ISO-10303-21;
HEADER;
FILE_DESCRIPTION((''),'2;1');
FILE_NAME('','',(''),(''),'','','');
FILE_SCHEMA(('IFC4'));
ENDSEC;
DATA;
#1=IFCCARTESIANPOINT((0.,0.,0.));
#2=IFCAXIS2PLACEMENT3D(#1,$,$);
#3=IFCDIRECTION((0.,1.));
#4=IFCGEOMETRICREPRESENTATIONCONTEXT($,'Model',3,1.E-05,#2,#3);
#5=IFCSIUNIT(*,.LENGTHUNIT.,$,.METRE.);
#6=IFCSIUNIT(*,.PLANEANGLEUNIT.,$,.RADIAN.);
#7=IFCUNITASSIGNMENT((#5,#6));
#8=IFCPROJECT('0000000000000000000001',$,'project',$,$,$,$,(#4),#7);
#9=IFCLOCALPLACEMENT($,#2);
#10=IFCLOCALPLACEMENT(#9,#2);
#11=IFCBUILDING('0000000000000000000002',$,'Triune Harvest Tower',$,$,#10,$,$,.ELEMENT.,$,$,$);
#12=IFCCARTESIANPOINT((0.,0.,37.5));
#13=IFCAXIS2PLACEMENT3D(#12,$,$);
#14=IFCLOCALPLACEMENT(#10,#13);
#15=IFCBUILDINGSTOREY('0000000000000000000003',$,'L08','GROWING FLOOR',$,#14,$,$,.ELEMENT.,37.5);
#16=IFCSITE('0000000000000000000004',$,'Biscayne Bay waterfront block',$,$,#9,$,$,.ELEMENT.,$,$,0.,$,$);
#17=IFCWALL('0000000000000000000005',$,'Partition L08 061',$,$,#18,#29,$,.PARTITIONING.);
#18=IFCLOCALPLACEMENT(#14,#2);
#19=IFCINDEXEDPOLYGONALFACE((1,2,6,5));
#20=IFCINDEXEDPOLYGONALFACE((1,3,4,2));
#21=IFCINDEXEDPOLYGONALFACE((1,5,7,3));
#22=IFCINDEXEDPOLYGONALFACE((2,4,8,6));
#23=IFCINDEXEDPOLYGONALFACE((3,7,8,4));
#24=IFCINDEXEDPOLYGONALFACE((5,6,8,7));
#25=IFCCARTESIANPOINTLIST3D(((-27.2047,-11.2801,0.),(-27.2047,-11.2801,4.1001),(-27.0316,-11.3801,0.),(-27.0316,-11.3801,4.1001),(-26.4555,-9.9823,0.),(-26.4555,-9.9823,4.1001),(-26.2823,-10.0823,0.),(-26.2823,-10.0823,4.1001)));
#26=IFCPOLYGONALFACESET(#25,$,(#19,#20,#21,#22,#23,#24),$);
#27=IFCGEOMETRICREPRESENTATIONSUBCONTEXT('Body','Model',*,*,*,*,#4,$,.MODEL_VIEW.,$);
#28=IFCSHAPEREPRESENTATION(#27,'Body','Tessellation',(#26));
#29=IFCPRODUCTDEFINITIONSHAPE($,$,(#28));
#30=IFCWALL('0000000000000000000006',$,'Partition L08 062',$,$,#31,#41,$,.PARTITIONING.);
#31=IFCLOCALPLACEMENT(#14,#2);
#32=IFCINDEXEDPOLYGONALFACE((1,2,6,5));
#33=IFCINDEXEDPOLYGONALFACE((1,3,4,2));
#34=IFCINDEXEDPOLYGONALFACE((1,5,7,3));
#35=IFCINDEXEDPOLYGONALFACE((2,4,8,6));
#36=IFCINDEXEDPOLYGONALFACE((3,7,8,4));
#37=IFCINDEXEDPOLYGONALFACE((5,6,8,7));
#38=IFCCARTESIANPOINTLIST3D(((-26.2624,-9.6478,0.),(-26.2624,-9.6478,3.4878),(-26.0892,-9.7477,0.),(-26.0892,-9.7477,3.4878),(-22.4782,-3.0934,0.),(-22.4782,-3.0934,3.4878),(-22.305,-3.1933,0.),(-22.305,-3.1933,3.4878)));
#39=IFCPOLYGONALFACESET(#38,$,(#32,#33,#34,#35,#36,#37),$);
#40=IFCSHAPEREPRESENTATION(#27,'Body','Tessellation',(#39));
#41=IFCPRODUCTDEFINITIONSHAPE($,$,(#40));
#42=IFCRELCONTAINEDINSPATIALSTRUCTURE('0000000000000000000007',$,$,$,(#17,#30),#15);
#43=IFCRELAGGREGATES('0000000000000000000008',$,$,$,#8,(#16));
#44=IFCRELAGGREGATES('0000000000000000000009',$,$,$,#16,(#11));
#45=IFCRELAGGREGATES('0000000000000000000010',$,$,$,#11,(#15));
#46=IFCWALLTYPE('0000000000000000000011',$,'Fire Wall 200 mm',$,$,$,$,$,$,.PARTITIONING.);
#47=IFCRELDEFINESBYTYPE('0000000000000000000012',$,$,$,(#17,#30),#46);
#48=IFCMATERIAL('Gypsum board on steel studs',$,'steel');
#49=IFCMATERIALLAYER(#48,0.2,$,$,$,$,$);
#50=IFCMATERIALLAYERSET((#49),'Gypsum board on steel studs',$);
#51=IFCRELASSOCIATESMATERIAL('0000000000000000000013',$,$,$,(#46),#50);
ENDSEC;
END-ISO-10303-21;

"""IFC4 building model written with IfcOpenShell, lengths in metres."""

from ifc_helpers import new_model, si_unit, direction, frame, frame_2d, origin, place, context, subcontext, project, spatial, rectangle, extrude, source, transform, mapped, material, layer, layer_set, type_object, element, save


model = new_model("IFC4")

# Units and contexts
model_context = context("Model", 3, precision=1e-05, world=origin(), true_north=direction((0.0, 1.0)))
body_context = subcontext(model_context, "Body", "Model", "MODEL_VIEW")
ifc_project = project(units=[si_unit("LENGTHUNIT", "METRE"), si_unit("PLANEANGLEUNIT", "RADIAN")], contexts=[model_context])

# Site, building, storey
site_placement = place(None, origin())
site = spatial("IfcSite", under=ifc_project, at=site_placement, Name="Biscayne Bay waterfront block", CompositionType="ELEMENT", RefElevation=0.0)
building_placement = place(site_placement, origin())
building = spatial("IfcBuilding", under=site, at=building_placement, Name="Triune Harvest Tower", CompositionType="ELEMENT")
storey_placement = place(building_placement, frame((0.0, 0.0, 37.5)))
storey = spatial("IfcBuildingStorey", under=building, at=storey_placement, Name="L08", Description="GROWING FLOOR", CompositionType="ELEMENT", Elevation=37.5)

# Walls
ifc_material_1 = material(Name="Gypsum board on steel studs", Category="steel")
ifc_layer_1 = layer(ifc_material_1, 0.2)
ifc_layer_set_1 = layer_set([ifc_layer_1], Name="Gypsum board on steel studs")
wall_type = type_object("IfcWallType", Name="Fire Wall 200 mm", PredefinedType="PARTITIONING", material=ifc_layer_set_1)
shared_shape_1 = source(origin(), body_context, "Body", "SweptSolid", [
    extrude(rectangle(XDim=1.4985, YDim=0.2, at=frame_2d((0.7493, 0.0))), origin(), (0.0, 0.0, 1.0), 4.1001),
])
wall_1_placement = place(storey_placement, frame((-27.1182, -11.3301, 0.0), z_axis=(0.0, 0.0, 1.0), x_axis=(0.499976, 0.866039, 0.0)))
element("IfcWall", 1, at=wall_1_placement, inside=storey, type_object=wall_type, Name="Partition L08 061", PredefinedType="PARTITIONING", context=body_context, shape_type="MappedRepresentation", body=[
    mapped(shared_shape_1, transform((0.0, 0.0, 0.0), scale=1.0)),
])
shared_shape_2 = source(origin(), body_context, "Body", "SweptSolid", [
    extrude(rectangle(XDim=7.5684, YDim=0.2, at=frame_2d((3.7842, 0.0))), origin(), (0.0, 0.0, 1.0), 3.4878),
])
wall_2_placement = place(storey_placement, frame((-26.1758, -9.6978, 0.0), z_axis=(0.0, 0.0, 1.0), x_axis=(0.499997, 0.866027, 0.0)))
element("IfcWall", 2, at=wall_2_placement, inside=storey, type_object=wall_type, Name="Partition L08 062", PredefinedType="PARTITIONING", context=body_context, shape_type="MappedRepresentation", body=[
    mapped(shared_shape_2, transform((0.0, 0.0, 0.0), scale=1.0)),
])

save(model, "model.ifc")
